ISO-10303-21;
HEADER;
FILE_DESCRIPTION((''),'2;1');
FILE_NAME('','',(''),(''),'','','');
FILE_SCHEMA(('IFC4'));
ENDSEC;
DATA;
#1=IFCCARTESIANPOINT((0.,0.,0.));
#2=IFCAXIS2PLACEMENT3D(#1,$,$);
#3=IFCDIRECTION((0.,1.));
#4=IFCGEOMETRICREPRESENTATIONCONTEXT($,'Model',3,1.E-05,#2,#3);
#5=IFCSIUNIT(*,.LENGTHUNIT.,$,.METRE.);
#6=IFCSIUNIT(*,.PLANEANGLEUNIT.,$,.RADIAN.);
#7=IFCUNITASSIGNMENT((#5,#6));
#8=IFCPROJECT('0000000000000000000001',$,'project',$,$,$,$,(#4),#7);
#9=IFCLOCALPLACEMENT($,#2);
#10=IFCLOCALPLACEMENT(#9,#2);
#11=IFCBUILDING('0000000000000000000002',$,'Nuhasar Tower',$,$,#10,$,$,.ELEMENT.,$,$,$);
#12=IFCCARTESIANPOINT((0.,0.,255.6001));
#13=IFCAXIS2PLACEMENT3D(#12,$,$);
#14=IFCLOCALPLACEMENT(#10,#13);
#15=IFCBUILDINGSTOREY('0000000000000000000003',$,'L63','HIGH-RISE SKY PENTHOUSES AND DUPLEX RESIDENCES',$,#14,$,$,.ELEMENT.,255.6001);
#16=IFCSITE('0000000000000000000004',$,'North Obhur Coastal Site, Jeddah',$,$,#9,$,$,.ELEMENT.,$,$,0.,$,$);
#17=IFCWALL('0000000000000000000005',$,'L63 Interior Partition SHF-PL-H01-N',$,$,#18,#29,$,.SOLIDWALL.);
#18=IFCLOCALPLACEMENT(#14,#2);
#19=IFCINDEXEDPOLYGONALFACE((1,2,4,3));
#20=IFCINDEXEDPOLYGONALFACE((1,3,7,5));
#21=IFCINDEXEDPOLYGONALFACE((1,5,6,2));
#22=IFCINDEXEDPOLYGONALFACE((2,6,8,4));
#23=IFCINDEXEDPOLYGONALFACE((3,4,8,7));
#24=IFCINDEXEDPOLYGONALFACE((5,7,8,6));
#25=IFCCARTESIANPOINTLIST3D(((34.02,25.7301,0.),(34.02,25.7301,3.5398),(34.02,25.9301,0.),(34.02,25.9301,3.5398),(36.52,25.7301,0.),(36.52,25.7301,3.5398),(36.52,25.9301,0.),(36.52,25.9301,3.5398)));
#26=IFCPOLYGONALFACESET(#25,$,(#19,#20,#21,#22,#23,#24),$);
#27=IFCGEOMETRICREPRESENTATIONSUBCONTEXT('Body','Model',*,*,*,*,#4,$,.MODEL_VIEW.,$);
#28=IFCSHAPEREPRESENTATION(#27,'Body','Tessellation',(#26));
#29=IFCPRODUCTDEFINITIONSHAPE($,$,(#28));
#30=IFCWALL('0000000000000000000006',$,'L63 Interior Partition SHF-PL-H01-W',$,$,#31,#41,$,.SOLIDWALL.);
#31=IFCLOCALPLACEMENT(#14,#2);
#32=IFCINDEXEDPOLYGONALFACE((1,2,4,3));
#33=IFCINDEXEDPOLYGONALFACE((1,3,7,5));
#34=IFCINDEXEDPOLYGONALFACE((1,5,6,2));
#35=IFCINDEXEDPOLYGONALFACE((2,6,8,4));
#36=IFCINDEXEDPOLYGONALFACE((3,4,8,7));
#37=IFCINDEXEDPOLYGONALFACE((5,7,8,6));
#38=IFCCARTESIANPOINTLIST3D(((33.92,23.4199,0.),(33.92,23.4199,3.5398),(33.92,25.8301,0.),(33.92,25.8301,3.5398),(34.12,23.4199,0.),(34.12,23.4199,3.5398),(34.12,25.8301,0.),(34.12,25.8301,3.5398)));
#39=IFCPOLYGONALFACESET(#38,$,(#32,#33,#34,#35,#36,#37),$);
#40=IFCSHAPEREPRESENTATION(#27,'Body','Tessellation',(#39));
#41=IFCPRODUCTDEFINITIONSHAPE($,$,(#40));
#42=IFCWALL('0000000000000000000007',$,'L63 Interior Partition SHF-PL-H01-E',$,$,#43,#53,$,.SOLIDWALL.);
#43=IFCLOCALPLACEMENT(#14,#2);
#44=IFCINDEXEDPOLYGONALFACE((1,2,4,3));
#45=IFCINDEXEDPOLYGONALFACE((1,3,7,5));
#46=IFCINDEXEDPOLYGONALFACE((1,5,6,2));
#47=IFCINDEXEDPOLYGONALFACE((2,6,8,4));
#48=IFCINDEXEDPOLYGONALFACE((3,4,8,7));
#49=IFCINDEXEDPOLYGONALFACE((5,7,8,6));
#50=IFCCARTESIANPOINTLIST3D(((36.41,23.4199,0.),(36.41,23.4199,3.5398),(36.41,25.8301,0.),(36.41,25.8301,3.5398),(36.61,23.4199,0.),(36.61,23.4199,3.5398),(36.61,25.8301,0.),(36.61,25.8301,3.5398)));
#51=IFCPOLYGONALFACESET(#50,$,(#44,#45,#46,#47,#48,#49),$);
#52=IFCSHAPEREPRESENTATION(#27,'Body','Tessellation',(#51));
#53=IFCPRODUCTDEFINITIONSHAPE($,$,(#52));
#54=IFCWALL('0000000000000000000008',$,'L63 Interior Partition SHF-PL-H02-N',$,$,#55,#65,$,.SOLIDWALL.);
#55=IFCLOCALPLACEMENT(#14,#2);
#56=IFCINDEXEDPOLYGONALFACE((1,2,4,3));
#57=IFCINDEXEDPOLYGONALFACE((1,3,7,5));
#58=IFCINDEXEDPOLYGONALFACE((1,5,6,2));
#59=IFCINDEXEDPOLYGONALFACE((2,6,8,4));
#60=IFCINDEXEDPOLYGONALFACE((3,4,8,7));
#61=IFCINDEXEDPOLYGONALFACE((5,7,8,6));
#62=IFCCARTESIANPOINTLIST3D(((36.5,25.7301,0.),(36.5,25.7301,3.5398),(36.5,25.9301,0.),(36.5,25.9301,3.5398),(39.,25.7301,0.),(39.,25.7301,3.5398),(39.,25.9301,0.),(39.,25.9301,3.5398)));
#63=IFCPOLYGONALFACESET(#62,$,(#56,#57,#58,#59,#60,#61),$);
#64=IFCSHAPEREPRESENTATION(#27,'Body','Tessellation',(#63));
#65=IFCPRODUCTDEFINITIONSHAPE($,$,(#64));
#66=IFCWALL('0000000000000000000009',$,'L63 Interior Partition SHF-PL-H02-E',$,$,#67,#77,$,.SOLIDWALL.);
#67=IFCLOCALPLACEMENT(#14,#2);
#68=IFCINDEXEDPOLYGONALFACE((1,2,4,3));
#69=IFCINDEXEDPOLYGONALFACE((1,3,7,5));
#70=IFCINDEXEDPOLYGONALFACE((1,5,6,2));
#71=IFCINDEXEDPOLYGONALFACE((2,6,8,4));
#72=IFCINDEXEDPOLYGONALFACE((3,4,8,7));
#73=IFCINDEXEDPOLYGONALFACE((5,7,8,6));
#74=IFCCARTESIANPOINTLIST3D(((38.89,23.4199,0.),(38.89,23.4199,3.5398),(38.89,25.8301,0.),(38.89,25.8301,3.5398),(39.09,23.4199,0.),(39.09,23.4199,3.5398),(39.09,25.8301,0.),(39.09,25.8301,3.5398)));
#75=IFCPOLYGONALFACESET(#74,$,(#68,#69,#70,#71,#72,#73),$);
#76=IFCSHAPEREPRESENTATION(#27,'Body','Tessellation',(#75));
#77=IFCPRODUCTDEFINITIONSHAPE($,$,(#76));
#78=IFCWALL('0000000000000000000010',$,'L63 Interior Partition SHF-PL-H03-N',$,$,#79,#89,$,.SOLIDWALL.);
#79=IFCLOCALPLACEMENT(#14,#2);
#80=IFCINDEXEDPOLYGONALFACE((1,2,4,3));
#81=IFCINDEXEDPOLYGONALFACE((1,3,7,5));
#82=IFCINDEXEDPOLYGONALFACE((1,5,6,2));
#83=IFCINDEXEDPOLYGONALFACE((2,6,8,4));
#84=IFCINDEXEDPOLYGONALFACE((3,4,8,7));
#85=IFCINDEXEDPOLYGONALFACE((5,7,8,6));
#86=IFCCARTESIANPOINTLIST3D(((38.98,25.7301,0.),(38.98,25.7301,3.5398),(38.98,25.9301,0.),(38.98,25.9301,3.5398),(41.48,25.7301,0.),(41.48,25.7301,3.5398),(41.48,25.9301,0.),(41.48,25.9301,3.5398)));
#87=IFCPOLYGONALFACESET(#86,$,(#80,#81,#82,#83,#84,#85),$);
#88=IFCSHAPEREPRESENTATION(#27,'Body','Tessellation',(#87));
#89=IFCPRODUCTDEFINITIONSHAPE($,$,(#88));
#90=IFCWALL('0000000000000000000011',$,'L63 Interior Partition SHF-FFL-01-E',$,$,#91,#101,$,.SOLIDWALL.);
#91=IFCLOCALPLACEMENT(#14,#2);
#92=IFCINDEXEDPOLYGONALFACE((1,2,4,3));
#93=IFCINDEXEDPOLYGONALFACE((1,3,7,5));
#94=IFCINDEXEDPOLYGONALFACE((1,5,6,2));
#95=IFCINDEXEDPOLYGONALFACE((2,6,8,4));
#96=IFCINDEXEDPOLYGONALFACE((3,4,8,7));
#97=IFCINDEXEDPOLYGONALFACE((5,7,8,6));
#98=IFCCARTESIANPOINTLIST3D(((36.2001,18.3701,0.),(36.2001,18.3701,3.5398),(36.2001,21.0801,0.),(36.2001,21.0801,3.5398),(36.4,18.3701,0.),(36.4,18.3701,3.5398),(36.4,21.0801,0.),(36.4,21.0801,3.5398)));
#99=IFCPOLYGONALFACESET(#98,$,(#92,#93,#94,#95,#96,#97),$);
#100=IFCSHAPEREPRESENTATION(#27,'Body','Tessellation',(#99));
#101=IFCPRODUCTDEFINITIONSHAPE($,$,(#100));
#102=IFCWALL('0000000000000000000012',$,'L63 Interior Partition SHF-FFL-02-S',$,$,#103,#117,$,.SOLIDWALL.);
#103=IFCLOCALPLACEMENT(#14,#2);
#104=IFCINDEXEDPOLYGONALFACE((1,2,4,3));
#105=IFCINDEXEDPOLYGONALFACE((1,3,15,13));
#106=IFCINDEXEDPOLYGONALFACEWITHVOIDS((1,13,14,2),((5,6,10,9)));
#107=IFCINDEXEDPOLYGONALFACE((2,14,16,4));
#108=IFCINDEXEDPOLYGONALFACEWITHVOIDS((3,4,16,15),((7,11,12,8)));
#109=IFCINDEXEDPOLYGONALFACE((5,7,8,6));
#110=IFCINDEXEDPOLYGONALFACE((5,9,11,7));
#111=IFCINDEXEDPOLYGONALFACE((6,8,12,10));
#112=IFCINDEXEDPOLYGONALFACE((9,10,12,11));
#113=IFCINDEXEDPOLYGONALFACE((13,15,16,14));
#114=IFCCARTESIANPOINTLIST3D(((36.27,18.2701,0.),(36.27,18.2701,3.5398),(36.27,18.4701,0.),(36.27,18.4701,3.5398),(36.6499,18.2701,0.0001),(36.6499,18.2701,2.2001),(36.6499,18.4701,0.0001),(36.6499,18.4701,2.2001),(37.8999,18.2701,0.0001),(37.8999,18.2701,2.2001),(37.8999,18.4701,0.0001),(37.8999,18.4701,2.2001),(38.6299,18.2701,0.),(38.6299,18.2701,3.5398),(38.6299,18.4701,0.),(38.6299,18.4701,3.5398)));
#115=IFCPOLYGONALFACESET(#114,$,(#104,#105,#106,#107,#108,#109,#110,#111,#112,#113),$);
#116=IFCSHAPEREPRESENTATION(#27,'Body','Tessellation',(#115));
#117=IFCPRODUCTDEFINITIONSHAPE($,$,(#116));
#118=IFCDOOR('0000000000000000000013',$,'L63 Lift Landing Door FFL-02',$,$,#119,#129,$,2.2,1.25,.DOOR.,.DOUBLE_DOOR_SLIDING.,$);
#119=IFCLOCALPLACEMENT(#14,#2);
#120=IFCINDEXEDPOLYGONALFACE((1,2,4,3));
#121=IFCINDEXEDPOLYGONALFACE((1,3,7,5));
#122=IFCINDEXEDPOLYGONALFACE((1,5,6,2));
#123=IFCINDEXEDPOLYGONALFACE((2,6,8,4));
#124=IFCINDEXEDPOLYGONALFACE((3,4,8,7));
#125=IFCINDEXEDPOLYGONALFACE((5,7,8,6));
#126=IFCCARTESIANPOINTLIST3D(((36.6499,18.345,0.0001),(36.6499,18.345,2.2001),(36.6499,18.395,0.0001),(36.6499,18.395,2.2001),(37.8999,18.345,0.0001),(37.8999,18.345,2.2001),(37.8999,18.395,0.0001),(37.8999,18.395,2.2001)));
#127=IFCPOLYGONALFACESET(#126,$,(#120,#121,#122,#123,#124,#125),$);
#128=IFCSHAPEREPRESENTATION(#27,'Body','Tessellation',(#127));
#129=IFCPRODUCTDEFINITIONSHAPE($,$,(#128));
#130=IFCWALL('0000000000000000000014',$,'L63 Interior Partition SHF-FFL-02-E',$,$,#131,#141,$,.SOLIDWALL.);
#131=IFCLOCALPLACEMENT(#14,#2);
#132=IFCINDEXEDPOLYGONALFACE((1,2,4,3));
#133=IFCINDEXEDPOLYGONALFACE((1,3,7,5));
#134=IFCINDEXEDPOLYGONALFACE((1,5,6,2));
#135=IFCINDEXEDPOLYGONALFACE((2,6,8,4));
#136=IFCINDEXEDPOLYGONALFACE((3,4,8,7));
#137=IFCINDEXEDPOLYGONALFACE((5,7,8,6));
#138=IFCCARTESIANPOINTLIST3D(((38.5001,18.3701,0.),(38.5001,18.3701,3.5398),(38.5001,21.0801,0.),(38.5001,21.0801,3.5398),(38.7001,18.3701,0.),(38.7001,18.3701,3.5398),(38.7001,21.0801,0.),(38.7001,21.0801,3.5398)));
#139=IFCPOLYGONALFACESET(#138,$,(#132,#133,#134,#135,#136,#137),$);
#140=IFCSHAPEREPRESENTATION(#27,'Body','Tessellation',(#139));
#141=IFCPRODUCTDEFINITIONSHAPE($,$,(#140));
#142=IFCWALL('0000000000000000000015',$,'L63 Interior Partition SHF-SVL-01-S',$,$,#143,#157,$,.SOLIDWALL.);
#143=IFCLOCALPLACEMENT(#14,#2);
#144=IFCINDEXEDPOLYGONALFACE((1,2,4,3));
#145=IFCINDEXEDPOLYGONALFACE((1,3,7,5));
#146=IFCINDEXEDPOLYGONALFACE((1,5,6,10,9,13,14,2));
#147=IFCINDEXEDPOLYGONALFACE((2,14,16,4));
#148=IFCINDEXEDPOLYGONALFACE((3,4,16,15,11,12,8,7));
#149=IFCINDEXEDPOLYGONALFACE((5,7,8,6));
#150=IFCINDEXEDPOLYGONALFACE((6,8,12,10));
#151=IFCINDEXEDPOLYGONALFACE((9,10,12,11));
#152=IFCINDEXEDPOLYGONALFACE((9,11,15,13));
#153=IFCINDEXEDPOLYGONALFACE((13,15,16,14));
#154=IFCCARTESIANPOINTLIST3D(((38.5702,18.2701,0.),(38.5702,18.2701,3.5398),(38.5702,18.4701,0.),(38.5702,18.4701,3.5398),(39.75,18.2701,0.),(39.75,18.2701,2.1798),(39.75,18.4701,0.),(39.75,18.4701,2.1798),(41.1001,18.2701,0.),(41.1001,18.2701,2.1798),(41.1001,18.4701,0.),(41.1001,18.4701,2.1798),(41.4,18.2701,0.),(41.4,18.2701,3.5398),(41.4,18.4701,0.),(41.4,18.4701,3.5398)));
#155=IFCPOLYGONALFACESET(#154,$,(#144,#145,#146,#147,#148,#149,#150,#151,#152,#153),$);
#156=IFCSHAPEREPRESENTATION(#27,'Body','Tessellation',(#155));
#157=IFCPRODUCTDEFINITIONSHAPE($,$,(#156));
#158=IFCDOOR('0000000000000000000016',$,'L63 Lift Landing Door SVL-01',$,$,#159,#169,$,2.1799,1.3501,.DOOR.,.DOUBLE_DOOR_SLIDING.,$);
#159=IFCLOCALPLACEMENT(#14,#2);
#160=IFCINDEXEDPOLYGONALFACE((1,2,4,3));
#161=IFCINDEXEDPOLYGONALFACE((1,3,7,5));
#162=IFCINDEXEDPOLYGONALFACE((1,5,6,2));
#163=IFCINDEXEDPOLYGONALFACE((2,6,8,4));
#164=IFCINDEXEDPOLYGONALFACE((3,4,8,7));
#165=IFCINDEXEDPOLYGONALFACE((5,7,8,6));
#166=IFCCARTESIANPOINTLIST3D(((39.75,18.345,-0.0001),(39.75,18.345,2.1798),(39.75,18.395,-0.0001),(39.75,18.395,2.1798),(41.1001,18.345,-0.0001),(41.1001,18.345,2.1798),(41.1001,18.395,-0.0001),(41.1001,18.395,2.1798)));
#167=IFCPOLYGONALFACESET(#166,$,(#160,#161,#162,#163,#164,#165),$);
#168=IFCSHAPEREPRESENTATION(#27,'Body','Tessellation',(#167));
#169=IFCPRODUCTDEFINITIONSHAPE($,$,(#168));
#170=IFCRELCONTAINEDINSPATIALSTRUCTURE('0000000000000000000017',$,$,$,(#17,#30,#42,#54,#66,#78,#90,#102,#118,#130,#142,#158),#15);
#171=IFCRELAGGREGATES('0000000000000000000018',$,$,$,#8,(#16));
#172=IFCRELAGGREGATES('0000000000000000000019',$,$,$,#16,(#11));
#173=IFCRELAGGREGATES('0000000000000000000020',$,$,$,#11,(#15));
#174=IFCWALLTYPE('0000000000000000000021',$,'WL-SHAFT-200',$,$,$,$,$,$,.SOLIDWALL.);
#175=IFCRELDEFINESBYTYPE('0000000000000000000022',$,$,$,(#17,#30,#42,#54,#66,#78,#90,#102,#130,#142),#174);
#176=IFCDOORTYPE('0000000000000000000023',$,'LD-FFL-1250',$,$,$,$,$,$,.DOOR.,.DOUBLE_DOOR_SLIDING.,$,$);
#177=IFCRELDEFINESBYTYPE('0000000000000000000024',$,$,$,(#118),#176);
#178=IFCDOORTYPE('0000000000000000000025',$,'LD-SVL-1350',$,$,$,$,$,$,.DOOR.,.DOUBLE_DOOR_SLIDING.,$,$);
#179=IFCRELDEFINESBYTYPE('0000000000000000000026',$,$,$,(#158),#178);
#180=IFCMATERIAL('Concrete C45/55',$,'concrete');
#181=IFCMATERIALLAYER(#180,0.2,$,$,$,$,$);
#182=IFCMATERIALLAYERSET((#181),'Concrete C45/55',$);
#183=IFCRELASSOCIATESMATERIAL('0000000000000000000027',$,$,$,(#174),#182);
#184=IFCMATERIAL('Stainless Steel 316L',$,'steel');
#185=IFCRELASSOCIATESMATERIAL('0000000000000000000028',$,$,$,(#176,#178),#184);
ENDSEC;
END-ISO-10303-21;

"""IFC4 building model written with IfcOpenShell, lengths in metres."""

from ifc_helpers import new_model, si_unit, direction, frame, frame_2d, origin, place, context, subcontext, project, spatial, rectangle, extrude, material, layer, layer_set, type_object, element, fill, save


model = new_model("IFC4")

# Units and contexts
model_context = context("Model", 3, precision=1e-05, world=origin(), true_north=direction((0.0, 1.0)))
body_context = subcontext(model_context, "Body", "Model", "MODEL_VIEW")
ifc_project = project(units=[si_unit("LENGTHUNIT", "METRE"), si_unit("PLANEANGLEUNIT", "RADIAN")], contexts=[model_context])

# Site, building, storey
site_placement = place(None, origin())
site = spatial("IfcSite", under=ifc_project, at=site_placement, Name="North Obhur Coastal Site, Jeddah", CompositionType="ELEMENT", RefElevation=0.0)
building_placement = place(site_placement, origin())
building = spatial("IfcBuilding", under=site, at=building_placement, Name="Nuhasar Tower", CompositionType="ELEMENT")
storey_placement = place(building_placement, frame((0.0, 0.0, 255.6001)))
storey = spatial("IfcBuildingStorey", under=building, at=storey_placement, Name="L63", Description="HIGH-RISE SKY PENTHOUSES AND DUPLEX RESIDENCES", CompositionType="ELEMENT", Elevation=255.6001)

# Shared definitions
ifc_material_1 = material(Name="Concrete C45/55", Category="concrete")
ifc_layer = layer(ifc_material_1, 0.2)
ifc_layer_set = layer_set([ifc_layer], Name="Concrete C45/55")
wall_type = type_object("IfcWallType", Name="WL-SHAFT-200", PredefinedType="SOLIDWALL", material=ifc_layer_set)
ifc_material_2 = material(Name="Stainless Steel 316L", Category="steel")

# Walls
wall_1_placement = place(storey_placement, frame((34.02, 25.8301, 0.0), z_axis=(0.0, 0.0, 1.0), x_axis=(1.0, 0.0, 0.0)))
element("IfcWall", 1, at=wall_1_placement, inside=storey, type_object=wall_type, Name="L63 Interior Partition SHF-PL-H01-N", PredefinedType="SOLIDWALL", context=body_context, shape_type="SweptSolid", body=[
    extrude(rectangle(XDim=2.5, YDim=0.2, at=frame_2d((1.25, 0.0))), origin(), (0.0, 0.0, 1.0), 3.5398),
])
for number, where, z_axis, x_axis, name in (
    (2, (34.02, 23.4199, 0.0), (0.0, 0.0, 1.0), (0.0, 1.0, 0.0), "L63 Interior Partition SHF-PL-H01-W"),
    (3, (36.51, 23.4199, 0.0), (0.0, 0.0, 1.0), (0.0, 1.0, 0.0), "L63 Interior Partition SHF-PL-H01-E"),
):
    element("IfcWall", number, at=place(storey_placement, frame(where, z_axis=z_axis, x_axis=x_axis)), inside=storey, type_object=wall_type, Name=name, PredefinedType="SOLIDWALL", context=body_context, shape_type="SweptSolid", body=[
        extrude(rectangle(XDim=2.4102, YDim=0.2, at=frame_2d((1.2051, 0.0))), origin(), (0.0, 0.0, 1.0), 3.5398),
    ])

# Walls
wall_2_placement = place(storey_placement, frame((36.5, 25.8301, 0.0), z_axis=(0.0, 0.0, 1.0), x_axis=(1.0, 0.0, 0.0)))
element("IfcWall", 4, at=wall_2_placement, inside=storey, type_object=wall_type, Name="L63 Interior Partition SHF-PL-H02-N", PredefinedType="SOLIDWALL", context=body_context, shape_type="SweptSolid", body=[
    extrude(rectangle(XDim=2.5, YDim=0.2, at=frame_2d((1.25, 0.0))), origin(), (0.0, 0.0, 1.0), 3.5398),
])
wall_3_placement = place(storey_placement, frame((38.99, 23.4199, 0.0), z_axis=(0.0, 0.0, 1.0), x_axis=(0.0, 1.0, 0.0)))
element("IfcWall", 5, at=wall_3_placement, inside=storey, type_object=wall_type, Name="L63 Interior Partition SHF-PL-H02-E", PredefinedType="SOLIDWALL", context=body_context, shape_type="SweptSolid", body=[
    extrude(rectangle(XDim=2.4102, YDim=0.2, at=frame_2d((1.2051, 0.0))), origin(), (0.0, 0.0, 1.0), 3.5398),
])

# Walls
wall_4_placement = place(storey_placement, frame((38.98, 25.8301, 0.0), z_axis=(0.0, 0.0, 1.0), x_axis=(1.0, 0.0, 0.0)))
element("IfcWall", 6, at=wall_4_placement, inside=storey, type_object=wall_type, Name="L63 Interior Partition SHF-PL-H03-N", PredefinedType="SOLIDWALL", context=body_context, shape_type="SweptSolid", body=[
    extrude(rectangle(XDim=2.5, YDim=0.2, at=frame_2d((1.25, 0.0))), origin(), (0.0, 0.0, 1.0), 3.5398),
])
wall_5_placement = place(storey_placement, frame((36.3, 18.3701, 0.0), z_axis=(0.0, 0.0, 1.0), x_axis=(0.0, 1.0, 0.0)))
element("IfcWall", 7, at=wall_5_placement, inside=storey, type_object=wall_type, Name="L63 Interior Partition SHF-FFL-01-E", PredefinedType="SOLIDWALL", context=body_context, shape_type="SweptSolid", body=[
    extrude(rectangle(XDim=2.71, YDim=0.2, at=frame_2d((1.355, 0.0))), origin(), (0.0, 0.0, 1.0), 3.5398),
])

# Wall, opening, door
wall_6_placement = place(storey_placement, frame((36.27, 18.3701, 0.0), z_axis=(0.0, 0.0, 1.0), x_axis=(1.0, 0.0, 0.0)))
wall_6 = element("IfcWall", 8, at=wall_6_placement, inside=storey, type_object=wall_type, Name="L63 Interior Partition SHF-FFL-02-S", PredefinedType="SOLIDWALL", context=body_context, shape_type="SweptSolid", body=[
    extrude(rectangle(XDim=2.3599, YDim=0.2, at=frame_2d((1.1799, 0.0))), origin(), (0.0, 0.0, 1.0), 3.5398),
])
opening_1_placement = place(wall_6_placement, frame((0.3799, 0.0, 0.0)))
opening_1 = element("IfcOpeningElement", 9, at=opening_1_placement, cuts=wall_6, PredefinedType="OPENING", context=body_context, shape_type="SweptSolid", body=[
    extrude(rectangle(XDim=1.25, YDim=2.2, at=frame_2d((0.625, 1.1001))), frame((0.0, 0.1099, 0.0), z_axis=(0.0, -1.0, 0.0), x_axis=(1.0, 0.0, 0.0)), (0.0, 0.0, 1.0), 0.22),
])
door_type_1 = type_object("IfcDoorType", Name="LD-FFL-1250", OperationType="DOUBLE_DOOR_SLIDING", PredefinedType="DOOR", material=ifc_material_2)
door_1_placement = place(opening_1_placement, origin())
door_1 = element("IfcDoor", 10, at=door_1_placement, inside=storey, type_object=door_type_1, Name="L63 Lift Landing Door FFL-02", OperationType="DOUBLE_DOOR_SLIDING", OverallHeight=2.2, OverallWidth=1.25, PredefinedType="DOOR", context=body_context, shape_type="SweptSolid", body=[
    extrude(rectangle(XDim=1.25, YDim=2.2, at=frame_2d((0.625, 1.1001))), frame((0.0, 0.0249, 0.0), z_axis=(0.0, -1.0, 0.0), x_axis=(1.0, 0.0, 0.0)), (0.0, 0.0, 1.0), 0.05),
])
fill(opening_1, door_1)

# Wall
wall_7_placement = place(storey_placement, frame((38.6001, 18.3701, 0.0), z_axis=(0.0, 0.0, 1.0), x_axis=(0.0, 1.0, 0.0)))
element("IfcWall", 11, at=wall_7_placement, inside=storey, type_object=wall_type, Name="L63 Interior Partition SHF-FFL-02-E", PredefinedType="SOLIDWALL", context=body_context, shape_type="SweptSolid", body=[
    extrude(rectangle(XDim=2.71, YDim=0.2, at=frame_2d((1.355, 0.0))), origin(), (0.0, 0.0, 1.0), 3.5398),
])

# Wall, opening, door
wall_8_placement = place(storey_placement, frame((38.5701, 18.3701, 0.0), z_axis=(0.0, 0.0, 1.0), x_axis=(1.0, 0.0, 0.0)))
wall_8 = element("IfcWall", 12, at=wall_8_placement, inside=storey, type_object=wall_type, Name="L63 Interior Partition SHF-SVL-01-S", PredefinedType="SOLIDWALL", context=body_context, shape_type="SweptSolid", body=[
    extrude(rectangle(XDim=2.8298, YDim=0.2, at=frame_2d((1.415, 0.0))), origin(), (0.0, 0.0, 1.0), 3.5398),
])
opening_2_placement = place(wall_8_placement, frame((1.1799, 0.0, 0.0)))
opening_2 = element("IfcOpeningElement", 13, at=opening_2_placement, cuts=wall_8, PredefinedType="OPENING", context=body_context, shape_type="SweptSolid", body=[
    extrude(rectangle(XDim=1.3501, YDim=2.1799, at=frame_2d((0.675, 1.0898))), frame((0.0, 0.1099, 0.0), z_axis=(0.0, -1.0, 0.0), x_axis=(1.0, 0.0, 0.0)), (0.0, 0.0, 1.0), 0.22),
])
door_type_2 = type_object("IfcDoorType", Name="LD-SVL-1350", OperationType="DOUBLE_DOOR_SLIDING", PredefinedType="DOOR", material=ifc_material_2)
door_2_placement = place(opening_2_placement, origin())
door_2 = element("IfcDoor", 14, at=door_2_placement, inside=storey, type_object=door_type_2, Name="L63 Lift Landing Door SVL-01", OperationType="DOUBLE_DOOR_SLIDING", OverallHeight=2.1799, OverallWidth=1.3501, PredefinedType="DOOR", context=body_context, shape_type="SweptSolid", body=[
    extrude(rectangle(XDim=1.3501, YDim=2.1799, at=frame_2d((0.675, 1.0898))), frame((0.0, 0.0249, 0.0), z_axis=(0.0, -1.0, 0.0), x_axis=(1.0, 0.0, 0.0)), (0.0, 0.0, 1.0), 0.05),
])
fill(opening_2, door_2)

save(model, "model.ifc")
